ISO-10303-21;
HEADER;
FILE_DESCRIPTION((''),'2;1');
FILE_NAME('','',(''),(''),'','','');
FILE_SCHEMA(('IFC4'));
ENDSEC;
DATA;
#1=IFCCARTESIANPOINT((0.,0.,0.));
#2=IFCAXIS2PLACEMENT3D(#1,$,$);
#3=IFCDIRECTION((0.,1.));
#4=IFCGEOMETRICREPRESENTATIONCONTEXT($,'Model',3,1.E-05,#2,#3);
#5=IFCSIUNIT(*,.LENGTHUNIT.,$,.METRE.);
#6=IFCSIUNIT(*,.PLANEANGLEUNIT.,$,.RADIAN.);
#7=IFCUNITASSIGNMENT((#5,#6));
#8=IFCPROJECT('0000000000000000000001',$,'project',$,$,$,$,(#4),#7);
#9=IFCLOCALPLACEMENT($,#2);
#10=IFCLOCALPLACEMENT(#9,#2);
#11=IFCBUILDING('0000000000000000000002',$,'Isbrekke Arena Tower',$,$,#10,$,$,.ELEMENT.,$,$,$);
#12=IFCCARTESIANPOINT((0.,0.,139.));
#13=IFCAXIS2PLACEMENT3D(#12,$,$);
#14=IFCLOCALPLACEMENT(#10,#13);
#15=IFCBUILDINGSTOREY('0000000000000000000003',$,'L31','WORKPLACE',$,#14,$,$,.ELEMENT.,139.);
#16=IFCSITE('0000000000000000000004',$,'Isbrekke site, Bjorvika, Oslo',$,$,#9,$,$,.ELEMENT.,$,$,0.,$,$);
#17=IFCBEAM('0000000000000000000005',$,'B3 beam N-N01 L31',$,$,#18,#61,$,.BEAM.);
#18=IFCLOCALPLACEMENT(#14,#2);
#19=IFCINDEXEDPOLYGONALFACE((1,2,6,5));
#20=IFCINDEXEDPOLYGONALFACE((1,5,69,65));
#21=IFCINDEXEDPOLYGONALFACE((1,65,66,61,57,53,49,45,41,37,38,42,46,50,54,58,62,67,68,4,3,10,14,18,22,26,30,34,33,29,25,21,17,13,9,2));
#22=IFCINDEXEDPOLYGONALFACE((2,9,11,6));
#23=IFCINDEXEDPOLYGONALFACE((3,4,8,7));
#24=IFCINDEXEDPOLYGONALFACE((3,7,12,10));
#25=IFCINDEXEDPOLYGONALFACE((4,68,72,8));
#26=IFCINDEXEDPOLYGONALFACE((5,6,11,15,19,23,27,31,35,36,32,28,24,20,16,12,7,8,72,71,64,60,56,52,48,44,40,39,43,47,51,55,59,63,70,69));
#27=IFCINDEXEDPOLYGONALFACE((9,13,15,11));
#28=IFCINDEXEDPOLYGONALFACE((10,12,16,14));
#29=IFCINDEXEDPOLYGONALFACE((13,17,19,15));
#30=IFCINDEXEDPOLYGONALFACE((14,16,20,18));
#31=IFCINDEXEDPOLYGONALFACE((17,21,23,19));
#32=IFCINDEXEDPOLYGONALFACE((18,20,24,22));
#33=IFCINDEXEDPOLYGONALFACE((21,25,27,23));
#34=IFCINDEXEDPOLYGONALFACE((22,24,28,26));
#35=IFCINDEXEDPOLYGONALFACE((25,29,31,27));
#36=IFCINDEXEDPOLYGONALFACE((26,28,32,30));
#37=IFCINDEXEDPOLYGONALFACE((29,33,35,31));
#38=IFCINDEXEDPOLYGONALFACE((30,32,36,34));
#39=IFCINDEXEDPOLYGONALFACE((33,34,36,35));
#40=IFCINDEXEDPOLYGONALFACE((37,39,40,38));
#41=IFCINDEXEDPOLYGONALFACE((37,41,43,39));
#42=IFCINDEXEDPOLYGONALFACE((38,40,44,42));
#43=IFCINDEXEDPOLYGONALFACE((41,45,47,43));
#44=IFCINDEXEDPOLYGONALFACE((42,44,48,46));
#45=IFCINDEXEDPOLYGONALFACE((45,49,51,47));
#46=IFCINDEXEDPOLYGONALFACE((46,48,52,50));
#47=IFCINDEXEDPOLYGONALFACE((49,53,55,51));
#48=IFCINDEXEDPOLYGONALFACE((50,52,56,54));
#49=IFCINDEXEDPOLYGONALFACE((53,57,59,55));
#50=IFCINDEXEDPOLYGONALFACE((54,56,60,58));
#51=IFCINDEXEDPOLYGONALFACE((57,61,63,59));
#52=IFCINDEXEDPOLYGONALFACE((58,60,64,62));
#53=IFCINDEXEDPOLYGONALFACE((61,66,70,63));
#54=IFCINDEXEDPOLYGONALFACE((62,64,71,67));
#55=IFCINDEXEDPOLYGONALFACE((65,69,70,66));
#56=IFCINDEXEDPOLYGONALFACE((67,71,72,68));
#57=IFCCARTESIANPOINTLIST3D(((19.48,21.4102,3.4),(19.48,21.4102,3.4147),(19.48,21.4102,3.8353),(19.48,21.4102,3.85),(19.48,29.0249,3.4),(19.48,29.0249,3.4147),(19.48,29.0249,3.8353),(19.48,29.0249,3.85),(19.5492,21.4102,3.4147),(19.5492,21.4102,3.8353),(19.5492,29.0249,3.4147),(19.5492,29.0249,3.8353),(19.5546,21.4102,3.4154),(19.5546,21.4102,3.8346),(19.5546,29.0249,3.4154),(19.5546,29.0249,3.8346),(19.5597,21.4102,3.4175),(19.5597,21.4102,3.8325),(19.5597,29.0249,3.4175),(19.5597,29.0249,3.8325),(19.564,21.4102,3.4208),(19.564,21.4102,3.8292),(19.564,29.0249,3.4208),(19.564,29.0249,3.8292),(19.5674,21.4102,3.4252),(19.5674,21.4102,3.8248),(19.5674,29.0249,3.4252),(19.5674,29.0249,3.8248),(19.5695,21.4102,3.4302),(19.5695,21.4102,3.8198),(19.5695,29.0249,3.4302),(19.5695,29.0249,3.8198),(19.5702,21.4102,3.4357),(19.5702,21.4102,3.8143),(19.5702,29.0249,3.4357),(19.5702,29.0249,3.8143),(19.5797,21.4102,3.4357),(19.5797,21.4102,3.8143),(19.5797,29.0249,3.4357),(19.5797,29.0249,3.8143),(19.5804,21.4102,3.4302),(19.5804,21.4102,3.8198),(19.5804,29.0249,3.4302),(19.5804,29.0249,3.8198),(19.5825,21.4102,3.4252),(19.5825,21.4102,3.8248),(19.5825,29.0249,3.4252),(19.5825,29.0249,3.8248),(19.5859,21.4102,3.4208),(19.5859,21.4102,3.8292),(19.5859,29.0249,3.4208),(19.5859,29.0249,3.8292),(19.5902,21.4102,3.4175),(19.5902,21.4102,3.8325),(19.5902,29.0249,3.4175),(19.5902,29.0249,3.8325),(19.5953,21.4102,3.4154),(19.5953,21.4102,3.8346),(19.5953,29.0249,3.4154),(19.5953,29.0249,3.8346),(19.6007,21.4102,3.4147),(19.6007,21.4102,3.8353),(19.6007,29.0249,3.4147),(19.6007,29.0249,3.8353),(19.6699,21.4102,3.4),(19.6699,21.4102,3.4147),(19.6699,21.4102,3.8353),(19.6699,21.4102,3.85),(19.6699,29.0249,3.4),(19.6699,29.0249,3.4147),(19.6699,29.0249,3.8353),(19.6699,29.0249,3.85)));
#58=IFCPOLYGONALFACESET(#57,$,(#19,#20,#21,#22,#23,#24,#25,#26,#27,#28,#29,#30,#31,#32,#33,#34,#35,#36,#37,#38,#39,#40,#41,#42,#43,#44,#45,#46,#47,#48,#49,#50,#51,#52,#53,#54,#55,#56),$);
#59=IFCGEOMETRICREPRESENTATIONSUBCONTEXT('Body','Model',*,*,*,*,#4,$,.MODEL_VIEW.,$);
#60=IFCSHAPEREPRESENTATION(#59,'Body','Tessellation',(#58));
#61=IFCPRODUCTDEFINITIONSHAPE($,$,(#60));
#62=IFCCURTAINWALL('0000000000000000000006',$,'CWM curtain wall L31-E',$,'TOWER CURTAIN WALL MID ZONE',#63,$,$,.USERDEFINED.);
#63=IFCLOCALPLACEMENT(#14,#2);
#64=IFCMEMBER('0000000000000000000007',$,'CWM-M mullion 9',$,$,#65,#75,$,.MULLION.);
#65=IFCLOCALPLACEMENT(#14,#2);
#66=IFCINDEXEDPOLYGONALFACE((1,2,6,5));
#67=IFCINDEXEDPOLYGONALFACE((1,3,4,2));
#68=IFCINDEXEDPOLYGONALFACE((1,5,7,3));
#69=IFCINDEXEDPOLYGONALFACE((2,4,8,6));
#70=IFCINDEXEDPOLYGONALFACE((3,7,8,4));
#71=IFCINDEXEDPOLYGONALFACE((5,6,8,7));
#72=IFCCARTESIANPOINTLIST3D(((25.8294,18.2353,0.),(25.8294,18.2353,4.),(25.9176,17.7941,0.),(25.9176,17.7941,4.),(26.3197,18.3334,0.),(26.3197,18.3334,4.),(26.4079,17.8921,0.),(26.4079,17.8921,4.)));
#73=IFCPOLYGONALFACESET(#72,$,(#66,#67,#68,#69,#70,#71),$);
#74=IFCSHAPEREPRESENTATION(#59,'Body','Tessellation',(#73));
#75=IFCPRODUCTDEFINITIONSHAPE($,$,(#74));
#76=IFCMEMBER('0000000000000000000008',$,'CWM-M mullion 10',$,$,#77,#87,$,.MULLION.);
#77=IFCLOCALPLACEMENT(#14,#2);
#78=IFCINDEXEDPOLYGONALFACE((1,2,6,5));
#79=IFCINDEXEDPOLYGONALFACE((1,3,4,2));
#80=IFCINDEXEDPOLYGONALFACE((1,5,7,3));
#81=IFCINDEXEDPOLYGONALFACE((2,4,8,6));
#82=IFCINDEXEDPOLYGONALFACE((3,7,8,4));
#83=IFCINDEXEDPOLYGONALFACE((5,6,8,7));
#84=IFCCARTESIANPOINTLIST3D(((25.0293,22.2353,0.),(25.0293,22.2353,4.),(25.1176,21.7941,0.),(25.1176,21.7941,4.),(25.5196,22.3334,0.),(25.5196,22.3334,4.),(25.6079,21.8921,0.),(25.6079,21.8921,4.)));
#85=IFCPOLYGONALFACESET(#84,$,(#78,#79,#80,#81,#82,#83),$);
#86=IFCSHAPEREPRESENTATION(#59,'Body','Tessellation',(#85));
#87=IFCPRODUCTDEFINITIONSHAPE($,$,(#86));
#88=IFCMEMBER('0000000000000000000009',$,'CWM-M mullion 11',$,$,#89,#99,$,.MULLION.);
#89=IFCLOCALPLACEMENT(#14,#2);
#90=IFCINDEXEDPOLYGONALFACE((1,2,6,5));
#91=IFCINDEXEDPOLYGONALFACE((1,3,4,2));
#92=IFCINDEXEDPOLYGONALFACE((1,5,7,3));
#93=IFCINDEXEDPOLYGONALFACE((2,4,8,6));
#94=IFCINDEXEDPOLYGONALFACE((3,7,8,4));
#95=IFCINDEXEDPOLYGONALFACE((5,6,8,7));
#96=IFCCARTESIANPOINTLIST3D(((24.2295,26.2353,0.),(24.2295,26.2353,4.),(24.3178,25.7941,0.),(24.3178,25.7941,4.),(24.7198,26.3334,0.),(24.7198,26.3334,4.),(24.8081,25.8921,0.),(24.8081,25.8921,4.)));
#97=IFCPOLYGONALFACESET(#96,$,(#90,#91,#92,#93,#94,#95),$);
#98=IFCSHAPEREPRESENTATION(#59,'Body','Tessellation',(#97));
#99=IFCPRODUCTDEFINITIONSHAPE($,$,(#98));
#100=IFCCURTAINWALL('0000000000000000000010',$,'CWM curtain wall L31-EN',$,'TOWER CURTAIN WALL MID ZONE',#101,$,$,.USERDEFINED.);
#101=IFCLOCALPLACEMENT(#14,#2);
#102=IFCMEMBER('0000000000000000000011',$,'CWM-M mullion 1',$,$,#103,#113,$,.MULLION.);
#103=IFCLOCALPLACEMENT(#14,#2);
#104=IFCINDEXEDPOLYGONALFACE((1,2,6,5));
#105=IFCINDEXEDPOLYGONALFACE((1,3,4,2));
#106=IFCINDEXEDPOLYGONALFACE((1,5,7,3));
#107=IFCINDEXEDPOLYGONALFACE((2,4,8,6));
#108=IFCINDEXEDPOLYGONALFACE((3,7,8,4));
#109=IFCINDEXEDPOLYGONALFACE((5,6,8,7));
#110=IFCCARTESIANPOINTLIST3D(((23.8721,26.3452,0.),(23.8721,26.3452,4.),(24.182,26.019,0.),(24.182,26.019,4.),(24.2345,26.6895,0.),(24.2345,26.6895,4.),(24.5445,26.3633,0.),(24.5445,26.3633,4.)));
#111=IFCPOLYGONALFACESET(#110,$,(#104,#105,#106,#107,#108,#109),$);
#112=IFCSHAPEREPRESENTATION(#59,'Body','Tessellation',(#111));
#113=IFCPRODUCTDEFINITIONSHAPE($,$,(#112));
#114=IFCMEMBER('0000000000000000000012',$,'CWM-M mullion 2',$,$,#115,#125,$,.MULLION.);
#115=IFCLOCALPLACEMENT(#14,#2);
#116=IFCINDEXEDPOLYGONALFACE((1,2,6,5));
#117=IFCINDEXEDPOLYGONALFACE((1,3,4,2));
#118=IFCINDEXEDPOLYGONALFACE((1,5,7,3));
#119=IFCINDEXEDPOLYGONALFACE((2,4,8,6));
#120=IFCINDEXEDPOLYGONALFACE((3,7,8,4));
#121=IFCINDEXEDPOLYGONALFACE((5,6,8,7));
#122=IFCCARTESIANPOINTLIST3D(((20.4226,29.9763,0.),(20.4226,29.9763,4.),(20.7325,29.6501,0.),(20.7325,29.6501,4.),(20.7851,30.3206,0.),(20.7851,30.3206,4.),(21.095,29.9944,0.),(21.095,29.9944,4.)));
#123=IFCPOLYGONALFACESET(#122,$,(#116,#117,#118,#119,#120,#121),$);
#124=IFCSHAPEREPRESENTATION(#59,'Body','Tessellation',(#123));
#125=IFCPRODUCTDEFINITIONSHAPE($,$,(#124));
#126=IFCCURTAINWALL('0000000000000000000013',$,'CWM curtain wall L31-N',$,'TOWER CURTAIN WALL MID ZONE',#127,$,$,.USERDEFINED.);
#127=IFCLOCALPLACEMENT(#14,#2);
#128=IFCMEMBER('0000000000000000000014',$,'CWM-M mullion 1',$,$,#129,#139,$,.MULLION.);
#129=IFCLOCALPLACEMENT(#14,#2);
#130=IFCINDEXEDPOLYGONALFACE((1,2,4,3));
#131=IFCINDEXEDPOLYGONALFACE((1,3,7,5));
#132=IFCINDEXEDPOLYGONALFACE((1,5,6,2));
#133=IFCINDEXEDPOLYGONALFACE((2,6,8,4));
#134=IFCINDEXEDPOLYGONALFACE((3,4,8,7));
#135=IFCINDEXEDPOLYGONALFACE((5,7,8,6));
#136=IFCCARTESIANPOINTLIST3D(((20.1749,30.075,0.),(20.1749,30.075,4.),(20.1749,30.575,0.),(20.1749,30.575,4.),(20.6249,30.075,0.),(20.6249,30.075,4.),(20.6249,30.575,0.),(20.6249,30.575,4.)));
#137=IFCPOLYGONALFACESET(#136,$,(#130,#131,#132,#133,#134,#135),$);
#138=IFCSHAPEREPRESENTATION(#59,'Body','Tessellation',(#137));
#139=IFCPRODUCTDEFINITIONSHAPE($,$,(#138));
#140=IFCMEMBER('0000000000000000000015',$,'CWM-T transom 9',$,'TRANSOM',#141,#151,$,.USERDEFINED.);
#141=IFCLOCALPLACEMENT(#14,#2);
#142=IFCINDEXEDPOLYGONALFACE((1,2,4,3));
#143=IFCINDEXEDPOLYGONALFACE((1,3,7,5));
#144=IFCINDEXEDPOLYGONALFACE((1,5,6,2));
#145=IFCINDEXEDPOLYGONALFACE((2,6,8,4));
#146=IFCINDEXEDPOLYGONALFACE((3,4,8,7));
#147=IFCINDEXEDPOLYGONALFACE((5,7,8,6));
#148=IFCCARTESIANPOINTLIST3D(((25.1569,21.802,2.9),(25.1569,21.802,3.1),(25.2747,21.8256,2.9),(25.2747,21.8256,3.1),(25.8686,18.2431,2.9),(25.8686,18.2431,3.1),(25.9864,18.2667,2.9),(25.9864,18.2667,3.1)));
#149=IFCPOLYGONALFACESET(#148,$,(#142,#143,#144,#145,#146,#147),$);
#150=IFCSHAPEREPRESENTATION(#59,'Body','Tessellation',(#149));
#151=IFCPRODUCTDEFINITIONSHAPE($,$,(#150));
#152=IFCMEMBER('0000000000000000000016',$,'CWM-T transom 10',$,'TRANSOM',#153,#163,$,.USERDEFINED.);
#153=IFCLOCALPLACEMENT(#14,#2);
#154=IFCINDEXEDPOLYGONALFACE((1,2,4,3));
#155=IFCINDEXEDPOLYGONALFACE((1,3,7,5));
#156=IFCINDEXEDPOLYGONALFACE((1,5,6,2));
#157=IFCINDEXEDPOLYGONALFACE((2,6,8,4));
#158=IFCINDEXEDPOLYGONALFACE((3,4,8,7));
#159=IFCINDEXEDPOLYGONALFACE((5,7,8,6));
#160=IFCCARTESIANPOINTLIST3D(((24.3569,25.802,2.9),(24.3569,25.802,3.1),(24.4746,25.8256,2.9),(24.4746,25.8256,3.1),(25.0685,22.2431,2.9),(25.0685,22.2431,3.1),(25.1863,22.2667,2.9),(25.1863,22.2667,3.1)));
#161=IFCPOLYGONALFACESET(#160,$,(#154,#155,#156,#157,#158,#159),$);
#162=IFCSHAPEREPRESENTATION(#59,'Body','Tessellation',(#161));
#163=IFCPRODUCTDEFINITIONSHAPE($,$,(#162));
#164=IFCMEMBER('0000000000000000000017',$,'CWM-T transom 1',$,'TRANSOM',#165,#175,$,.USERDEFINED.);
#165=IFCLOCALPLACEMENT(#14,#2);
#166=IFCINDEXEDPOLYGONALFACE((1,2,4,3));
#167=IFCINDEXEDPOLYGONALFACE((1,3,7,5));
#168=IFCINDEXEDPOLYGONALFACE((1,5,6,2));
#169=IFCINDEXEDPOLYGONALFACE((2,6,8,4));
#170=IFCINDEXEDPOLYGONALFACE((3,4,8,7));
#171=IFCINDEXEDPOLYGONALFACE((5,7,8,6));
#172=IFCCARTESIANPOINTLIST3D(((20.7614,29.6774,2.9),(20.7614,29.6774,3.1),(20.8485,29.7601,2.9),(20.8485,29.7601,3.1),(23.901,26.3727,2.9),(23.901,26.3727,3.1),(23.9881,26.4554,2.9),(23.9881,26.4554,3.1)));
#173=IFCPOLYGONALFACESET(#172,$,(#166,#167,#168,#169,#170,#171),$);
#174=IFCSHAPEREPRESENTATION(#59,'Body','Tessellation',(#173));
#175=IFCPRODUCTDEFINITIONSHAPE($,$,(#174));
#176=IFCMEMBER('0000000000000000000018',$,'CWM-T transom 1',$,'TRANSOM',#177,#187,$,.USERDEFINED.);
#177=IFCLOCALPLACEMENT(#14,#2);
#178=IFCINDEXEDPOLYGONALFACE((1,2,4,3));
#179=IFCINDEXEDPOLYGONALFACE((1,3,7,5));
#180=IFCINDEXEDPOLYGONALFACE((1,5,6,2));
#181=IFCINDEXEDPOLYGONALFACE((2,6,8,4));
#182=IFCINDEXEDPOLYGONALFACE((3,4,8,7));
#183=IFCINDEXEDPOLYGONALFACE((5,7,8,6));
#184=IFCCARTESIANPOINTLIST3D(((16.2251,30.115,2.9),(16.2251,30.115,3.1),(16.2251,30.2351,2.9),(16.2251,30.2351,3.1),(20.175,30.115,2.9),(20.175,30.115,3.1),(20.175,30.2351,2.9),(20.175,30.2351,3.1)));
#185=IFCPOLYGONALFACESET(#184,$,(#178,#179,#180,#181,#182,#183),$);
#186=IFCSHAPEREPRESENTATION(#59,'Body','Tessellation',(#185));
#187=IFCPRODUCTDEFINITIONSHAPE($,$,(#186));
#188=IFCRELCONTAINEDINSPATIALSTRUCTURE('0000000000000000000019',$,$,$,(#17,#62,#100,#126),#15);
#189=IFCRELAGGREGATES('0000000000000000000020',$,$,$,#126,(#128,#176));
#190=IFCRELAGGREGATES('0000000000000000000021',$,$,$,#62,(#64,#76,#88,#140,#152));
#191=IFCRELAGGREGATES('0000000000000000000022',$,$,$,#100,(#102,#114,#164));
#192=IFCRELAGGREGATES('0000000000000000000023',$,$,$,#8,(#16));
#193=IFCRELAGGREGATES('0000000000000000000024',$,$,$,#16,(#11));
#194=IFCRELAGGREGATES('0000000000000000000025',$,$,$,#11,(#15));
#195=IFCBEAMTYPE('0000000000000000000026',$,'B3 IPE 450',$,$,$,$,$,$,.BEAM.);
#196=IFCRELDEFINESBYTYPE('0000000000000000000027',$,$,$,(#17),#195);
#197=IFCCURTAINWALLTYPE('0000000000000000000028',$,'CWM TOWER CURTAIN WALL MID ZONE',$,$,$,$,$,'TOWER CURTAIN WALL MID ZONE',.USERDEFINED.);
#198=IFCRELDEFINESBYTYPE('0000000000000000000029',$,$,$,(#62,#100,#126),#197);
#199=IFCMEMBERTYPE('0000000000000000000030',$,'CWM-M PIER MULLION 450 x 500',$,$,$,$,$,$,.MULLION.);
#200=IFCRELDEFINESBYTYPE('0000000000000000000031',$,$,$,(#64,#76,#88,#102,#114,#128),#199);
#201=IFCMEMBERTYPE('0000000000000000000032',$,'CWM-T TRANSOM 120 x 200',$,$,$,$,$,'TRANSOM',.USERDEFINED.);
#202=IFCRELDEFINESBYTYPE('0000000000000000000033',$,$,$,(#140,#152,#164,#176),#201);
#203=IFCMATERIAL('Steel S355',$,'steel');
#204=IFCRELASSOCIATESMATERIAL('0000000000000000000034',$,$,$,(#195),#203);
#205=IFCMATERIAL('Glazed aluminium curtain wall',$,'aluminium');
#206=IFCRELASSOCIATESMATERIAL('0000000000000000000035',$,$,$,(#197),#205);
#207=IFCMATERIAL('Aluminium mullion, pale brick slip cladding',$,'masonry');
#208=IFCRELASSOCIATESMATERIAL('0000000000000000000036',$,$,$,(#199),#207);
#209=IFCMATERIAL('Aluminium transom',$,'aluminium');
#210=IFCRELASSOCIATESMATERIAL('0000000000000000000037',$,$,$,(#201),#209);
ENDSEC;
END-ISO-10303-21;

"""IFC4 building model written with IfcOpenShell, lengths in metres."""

from ifc_helpers import new_model, si_unit, direction, frame, origin, origin_2d, place, context, subcontext, project, spatial, rectangle, i_section, extrude, material, material_profile, profile_set, type_object, element, aggregate, save


model = new_model("IFC4")

# Units and contexts
model_context = context("Model", 3, precision=1e-05, world=origin(), true_north=direction((0.0, 1.0)))
body_context = subcontext(model_context, "Body", "Model", "MODEL_VIEW")
ifc_project = project(units=[si_unit("LENGTHUNIT", "METRE"), si_unit("PLANEANGLEUNIT", "RADIAN")], contexts=[model_context])

# Site, building, storey
site_placement = place(None, origin())
site = spatial("IfcSite", under=ifc_project, at=site_placement, Name="Isbrekke site, Bjorvika, Oslo", CompositionType="ELEMENT", RefElevation=0.0)
building_placement = place(site_placement, origin())
building = spatial("IfcBuilding", under=site, at=building_placement, Name="Isbrekke Arena Tower", CompositionType="ELEMENT")
storey_placement = place(building_placement, frame((0.0, 0.0, 139.0)))
storey = spatial("IfcBuildingStorey", under=building, at=storey_placement, Name="L31", Description="WORKPLACE", CompositionType="ELEMENT", Elevation=139.0)

# Beam
ifc_material_1 = material(Name="Steel S355", Category="steel")
ifc_material_profile_1 = material_profile(ifc_material_1, i_section(OverallWidth=0.1899, OverallDepth=0.45, WebThickness=0.0095, FlangeThickness=0.0146, FilletRadius=0.021, at=origin_2d()), Name="IPE 450")
ifc_profile_set_1 = profile_set([ifc_material_profile_1], Name="Steel S355")
beam_type_1 = type_object("IfcBeamType", Name="B3 IPE 450", PredefinedType="BEAM", material=ifc_profile_set_1)
beam_1_placement = place(storey_placement, frame((19.575, 29.0249, 3.625), z_axis=(0.0, -1.0, 0.0), x_axis=(1.0, 0.0, 0.0)))
element("IfcBeam", 1, at=beam_1_placement, inside=storey, type_object=beam_type_1, Name="B3 beam N-N01 L31", PredefinedType="BEAM", context=body_context, shape_type="SweptSolid", body=[
    extrude(i_section(OverallWidth=0.1899, OverallDepth=0.45, WebThickness=0.0095, FlangeThickness=0.0146, FilletRadius=0.021, at=origin_2d()), origin(), (0.0, 0.0, 1.0), 7.6147),
])

# Curtain walls, members
ifc_material_2 = material(Name="Glazed aluminium curtain wall", Category="aluminium")
curtain_wall_type = type_object("IfcCurtainWallType", Name="CWM TOWER CURTAIN WALL MID ZONE", ElementType="TOWER CURTAIN WALL MID ZONE", PredefinedType="USERDEFINED", material=ifc_material_2)
curtain_wall_1_placement = place(storey_placement, origin())
curtain_wall_1 = element("IfcCurtainWall", 2, at=curtain_wall_1_placement, inside=storey, type_object=curtain_wall_type, Name="CWM curtain wall L31-E", ObjectType="TOWER CURTAIN WALL MID ZONE", PredefinedType="USERDEFINED")
ifc_material_3 = material(Name="Aluminium mullion, pale brick slip cladding", Category="masonry")
ifc_material_profile_2 = material_profile(ifc_material_3, rectangle(XDim=0.45, YDim=0.5, at=origin_2d()), Name="PIER 450X500")
ifc_profile_set_2 = profile_set([ifc_material_profile_2], Name="Aluminium mullion, pale brick slip cladding")
member_type_1 = type_object("IfcMemberType", Name="CWM-M PIER MULLION 450 x 500", PredefinedType="MULLION", material=ifc_profile_set_2)
member_1_placement = place(storey_placement, frame((26.1187, 18.0637, 0.0), z_axis=(0.0, 0.0, 1.0), x_axis=(-0.196116, 0.980581, 0.0)))
member_1 = element("IfcMember", 3, at=member_1_placement, type_object=member_type_1, Name="CWM-M mullion 9", PredefinedType="MULLION", context=body_context, shape_type="SweptSolid", body=[
    extrude(rectangle(XDim=0.45, YDim=0.5, at=origin_2d()), origin(), (0.0, 0.0, 1.0), 4.0),
])
member_2_placement = place(storey_placement, frame((25.3186, 22.0637, 0.0), z_axis=(0.0, 0.0, 1.0), x_axis=(-0.196116, 0.980581, 0.0)))
member_2 = element("IfcMember", 4, at=member_2_placement, type_object=member_type_1, Name="CWM-M mullion 10", PredefinedType="MULLION", context=body_context, shape_type="SweptSolid", body=[
    extrude(rectangle(XDim=0.45, YDim=0.5, at=origin_2d()), origin(), (0.0, 0.0, 1.0), 4.0),
])
member_3_placement = place(storey_placement, frame((24.5188, 26.0637, 0.0), z_axis=(0.0, 0.0, 1.0), x_axis=(-0.196116, 0.980581, 0.0)))
member_3 = element("IfcMember", 5, at=member_3_placement, type_object=member_type_1, Name="CWM-M mullion 11", PredefinedType="MULLION", context=body_context, shape_type="SweptSolid", body=[
    extrude(rectangle(XDim=0.45, YDim=0.5, at=origin_2d()), origin(), (0.0, 0.0, 1.0), 4.0),
])
curtain_wall_2_placement = place(storey_placement, origin())
curtain_wall_2 = element("IfcCurtainWall", 6, at=curtain_wall_2_placement, inside=storey, type_object=curtain_wall_type, Name="CWM curtain wall L31-EN", ObjectType="TOWER CURTAIN WALL MID ZONE", PredefinedType="USERDEFINED")
member_4_placement = place(storey_placement, frame((24.2083, 26.3542, 0.0), z_axis=(0.0, 0.0, 1.0), x_axis=(-0.688749, 0.724999, 0.0)))
member_4 = element("IfcMember", 7, at=member_4_placement, type_object=member_type_1, Name="CWM-M mullion 1", PredefinedType="MULLION", context=body_context, shape_type="SweptSolid", body=[
    extrude(rectangle(XDim=0.45, YDim=0.5, at=origin_2d()), origin(), (0.0, 0.0, 1.0), 4.0),
])
member_5_placement = place(storey_placement, frame((20.7588, 29.9854, 0.0), z_axis=(0.0, 0.0, 1.0), x_axis=(-0.688749, 0.724999, 0.0)))
member_5 = element("IfcMember", 8, at=member_5_placement, type_object=member_type_1, Name="CWM-M mullion 2", PredefinedType="MULLION", context=body_context, shape_type="SweptSolid", body=[
    extrude(rectangle(XDim=0.45, YDim=0.5, at=origin_2d()), origin(), (0.0, 0.0, 1.0), 4.0),
])

# Curtain wall, member
curtain_wall_3_placement = place(storey_placement, origin())
curtain_wall_3 = element("IfcCurtainWall", 9, at=curtain_wall_3_placement, inside=storey, type_object=curtain_wall_type, Name="CWM curtain wall L31-N", ObjectType="TOWER CURTAIN WALL MID ZONE", PredefinedType="USERDEFINED")
member_6_placement = place(storey_placement, frame((20.3999, 30.325, 0.0), z_axis=(0.0, 0.0, 1.0), x_axis=(-1.0, 0.0, 0.0)))
member_6 = element("IfcMember", 10, at=member_6_placement, type_object=member_type_1, Name="CWM-M mullion 1", PredefinedType="MULLION", context=body_context, shape_type="SweptSolid", body=[
    extrude(rectangle(XDim=0.45, YDim=0.5, at=origin_2d()), origin(), (0.0, 0.0, 1.0), 4.0),
])

# Members
ifc_material_4 = material(Name="Aluminium transom", Category="aluminium")
ifc_material_profile_3 = material_profile(ifc_material_4, rectangle(XDim=0.1201, YDim=0.2, at=origin_2d()), Name="TRANSOM 120X200")
ifc_profile_set_3 = profile_set([ifc_material_profile_3], Name="Aluminium transom")
member_type_2 = type_object("IfcMemberType", Name="CWM-T TRANSOM 120 x 200", ElementType="TRANSOM", PredefinedType="USERDEFINED", material=ifc_profile_set_3)
member_7_placement = place(storey_placement, frame((25.9275, 18.2549, 3.0), z_axis=(-0.19609, 0.980586, 0.0), x_axis=(-0.980586, -0.19609, 0.0)))
member_7 = element("IfcMember", 11, at=member_7_placement, type_object=member_type_2, Name="CWM-T transom 9", ObjectType="TRANSOM", PredefinedType="USERDEFINED", context=body_context, shape_type="SweptSolid", body=[
    extrude(rectangle(XDim=0.1201, YDim=0.2, at=origin_2d()), origin(), (0.0, 0.0, 1.0), 3.6294),
])
member_8_placement = place(storey_placement, frame((25.1274, 22.2549, 3.0), z_axis=(-0.19609, 0.980586, 0.0), x_axis=(-0.980586, -0.19609, 0.0)))
member_8 = element("IfcMember", 12, at=member_8_placement, type_object=member_type_2, Name="CWM-T transom 10", ObjectType="TRANSOM", PredefinedType="USERDEFINED", context=body_context, shape_type="SweptSolid", body=[
    extrude(rectangle(XDim=0.1201, YDim=0.2, at=origin_2d()), origin(), (0.0, 0.0, 1.0), 3.6294),
])
member_9_placement = place(storey_placement, frame((23.9446, 26.4141, 3.0), z_axis=(-0.688772, 0.724978, 0.0), x_axis=(-0.724978, -0.688772, 0.0)))
member_9 = element("IfcMember", 13, at=member_9_placement, type_object=member_type_2, Name="CWM-T transom 1", ObjectType="TRANSOM", PredefinedType="USERDEFINED", context=body_context, shape_type="SweptSolid", body=[
    extrude(rectangle(XDim=0.1201, YDim=0.2, at=origin_2d()), origin(), (0.0, 0.0, 1.0), 4.5583),
])
member_10_placement = place(storey_placement, frame((20.175, 30.175, 3.0), z_axis=(-1.0, 0.0, 0.0), x_axis=(0.0, -1.0, 0.0)))
member_10 = element("IfcMember", 14, at=member_10_placement, type_object=member_type_2, Name="CWM-T transom 1", ObjectType="TRANSOM", PredefinedType="USERDEFINED", context=body_context, shape_type="SweptSolid", body=[
    extrude(rectangle(XDim=0.1201, YDim=0.2, at=origin_2d()), origin(), (0.0, 0.0, 1.0), 3.95),
])
aggregate(curtain_wall_3, [member_6, member_10])

aggregate(curtain_wall_1, [member_1, member_2, member_3, member_7, member_8])
aggregate(curtain_wall_2, [member_4, member_5, member_9])

save(model, "model.ifc")
